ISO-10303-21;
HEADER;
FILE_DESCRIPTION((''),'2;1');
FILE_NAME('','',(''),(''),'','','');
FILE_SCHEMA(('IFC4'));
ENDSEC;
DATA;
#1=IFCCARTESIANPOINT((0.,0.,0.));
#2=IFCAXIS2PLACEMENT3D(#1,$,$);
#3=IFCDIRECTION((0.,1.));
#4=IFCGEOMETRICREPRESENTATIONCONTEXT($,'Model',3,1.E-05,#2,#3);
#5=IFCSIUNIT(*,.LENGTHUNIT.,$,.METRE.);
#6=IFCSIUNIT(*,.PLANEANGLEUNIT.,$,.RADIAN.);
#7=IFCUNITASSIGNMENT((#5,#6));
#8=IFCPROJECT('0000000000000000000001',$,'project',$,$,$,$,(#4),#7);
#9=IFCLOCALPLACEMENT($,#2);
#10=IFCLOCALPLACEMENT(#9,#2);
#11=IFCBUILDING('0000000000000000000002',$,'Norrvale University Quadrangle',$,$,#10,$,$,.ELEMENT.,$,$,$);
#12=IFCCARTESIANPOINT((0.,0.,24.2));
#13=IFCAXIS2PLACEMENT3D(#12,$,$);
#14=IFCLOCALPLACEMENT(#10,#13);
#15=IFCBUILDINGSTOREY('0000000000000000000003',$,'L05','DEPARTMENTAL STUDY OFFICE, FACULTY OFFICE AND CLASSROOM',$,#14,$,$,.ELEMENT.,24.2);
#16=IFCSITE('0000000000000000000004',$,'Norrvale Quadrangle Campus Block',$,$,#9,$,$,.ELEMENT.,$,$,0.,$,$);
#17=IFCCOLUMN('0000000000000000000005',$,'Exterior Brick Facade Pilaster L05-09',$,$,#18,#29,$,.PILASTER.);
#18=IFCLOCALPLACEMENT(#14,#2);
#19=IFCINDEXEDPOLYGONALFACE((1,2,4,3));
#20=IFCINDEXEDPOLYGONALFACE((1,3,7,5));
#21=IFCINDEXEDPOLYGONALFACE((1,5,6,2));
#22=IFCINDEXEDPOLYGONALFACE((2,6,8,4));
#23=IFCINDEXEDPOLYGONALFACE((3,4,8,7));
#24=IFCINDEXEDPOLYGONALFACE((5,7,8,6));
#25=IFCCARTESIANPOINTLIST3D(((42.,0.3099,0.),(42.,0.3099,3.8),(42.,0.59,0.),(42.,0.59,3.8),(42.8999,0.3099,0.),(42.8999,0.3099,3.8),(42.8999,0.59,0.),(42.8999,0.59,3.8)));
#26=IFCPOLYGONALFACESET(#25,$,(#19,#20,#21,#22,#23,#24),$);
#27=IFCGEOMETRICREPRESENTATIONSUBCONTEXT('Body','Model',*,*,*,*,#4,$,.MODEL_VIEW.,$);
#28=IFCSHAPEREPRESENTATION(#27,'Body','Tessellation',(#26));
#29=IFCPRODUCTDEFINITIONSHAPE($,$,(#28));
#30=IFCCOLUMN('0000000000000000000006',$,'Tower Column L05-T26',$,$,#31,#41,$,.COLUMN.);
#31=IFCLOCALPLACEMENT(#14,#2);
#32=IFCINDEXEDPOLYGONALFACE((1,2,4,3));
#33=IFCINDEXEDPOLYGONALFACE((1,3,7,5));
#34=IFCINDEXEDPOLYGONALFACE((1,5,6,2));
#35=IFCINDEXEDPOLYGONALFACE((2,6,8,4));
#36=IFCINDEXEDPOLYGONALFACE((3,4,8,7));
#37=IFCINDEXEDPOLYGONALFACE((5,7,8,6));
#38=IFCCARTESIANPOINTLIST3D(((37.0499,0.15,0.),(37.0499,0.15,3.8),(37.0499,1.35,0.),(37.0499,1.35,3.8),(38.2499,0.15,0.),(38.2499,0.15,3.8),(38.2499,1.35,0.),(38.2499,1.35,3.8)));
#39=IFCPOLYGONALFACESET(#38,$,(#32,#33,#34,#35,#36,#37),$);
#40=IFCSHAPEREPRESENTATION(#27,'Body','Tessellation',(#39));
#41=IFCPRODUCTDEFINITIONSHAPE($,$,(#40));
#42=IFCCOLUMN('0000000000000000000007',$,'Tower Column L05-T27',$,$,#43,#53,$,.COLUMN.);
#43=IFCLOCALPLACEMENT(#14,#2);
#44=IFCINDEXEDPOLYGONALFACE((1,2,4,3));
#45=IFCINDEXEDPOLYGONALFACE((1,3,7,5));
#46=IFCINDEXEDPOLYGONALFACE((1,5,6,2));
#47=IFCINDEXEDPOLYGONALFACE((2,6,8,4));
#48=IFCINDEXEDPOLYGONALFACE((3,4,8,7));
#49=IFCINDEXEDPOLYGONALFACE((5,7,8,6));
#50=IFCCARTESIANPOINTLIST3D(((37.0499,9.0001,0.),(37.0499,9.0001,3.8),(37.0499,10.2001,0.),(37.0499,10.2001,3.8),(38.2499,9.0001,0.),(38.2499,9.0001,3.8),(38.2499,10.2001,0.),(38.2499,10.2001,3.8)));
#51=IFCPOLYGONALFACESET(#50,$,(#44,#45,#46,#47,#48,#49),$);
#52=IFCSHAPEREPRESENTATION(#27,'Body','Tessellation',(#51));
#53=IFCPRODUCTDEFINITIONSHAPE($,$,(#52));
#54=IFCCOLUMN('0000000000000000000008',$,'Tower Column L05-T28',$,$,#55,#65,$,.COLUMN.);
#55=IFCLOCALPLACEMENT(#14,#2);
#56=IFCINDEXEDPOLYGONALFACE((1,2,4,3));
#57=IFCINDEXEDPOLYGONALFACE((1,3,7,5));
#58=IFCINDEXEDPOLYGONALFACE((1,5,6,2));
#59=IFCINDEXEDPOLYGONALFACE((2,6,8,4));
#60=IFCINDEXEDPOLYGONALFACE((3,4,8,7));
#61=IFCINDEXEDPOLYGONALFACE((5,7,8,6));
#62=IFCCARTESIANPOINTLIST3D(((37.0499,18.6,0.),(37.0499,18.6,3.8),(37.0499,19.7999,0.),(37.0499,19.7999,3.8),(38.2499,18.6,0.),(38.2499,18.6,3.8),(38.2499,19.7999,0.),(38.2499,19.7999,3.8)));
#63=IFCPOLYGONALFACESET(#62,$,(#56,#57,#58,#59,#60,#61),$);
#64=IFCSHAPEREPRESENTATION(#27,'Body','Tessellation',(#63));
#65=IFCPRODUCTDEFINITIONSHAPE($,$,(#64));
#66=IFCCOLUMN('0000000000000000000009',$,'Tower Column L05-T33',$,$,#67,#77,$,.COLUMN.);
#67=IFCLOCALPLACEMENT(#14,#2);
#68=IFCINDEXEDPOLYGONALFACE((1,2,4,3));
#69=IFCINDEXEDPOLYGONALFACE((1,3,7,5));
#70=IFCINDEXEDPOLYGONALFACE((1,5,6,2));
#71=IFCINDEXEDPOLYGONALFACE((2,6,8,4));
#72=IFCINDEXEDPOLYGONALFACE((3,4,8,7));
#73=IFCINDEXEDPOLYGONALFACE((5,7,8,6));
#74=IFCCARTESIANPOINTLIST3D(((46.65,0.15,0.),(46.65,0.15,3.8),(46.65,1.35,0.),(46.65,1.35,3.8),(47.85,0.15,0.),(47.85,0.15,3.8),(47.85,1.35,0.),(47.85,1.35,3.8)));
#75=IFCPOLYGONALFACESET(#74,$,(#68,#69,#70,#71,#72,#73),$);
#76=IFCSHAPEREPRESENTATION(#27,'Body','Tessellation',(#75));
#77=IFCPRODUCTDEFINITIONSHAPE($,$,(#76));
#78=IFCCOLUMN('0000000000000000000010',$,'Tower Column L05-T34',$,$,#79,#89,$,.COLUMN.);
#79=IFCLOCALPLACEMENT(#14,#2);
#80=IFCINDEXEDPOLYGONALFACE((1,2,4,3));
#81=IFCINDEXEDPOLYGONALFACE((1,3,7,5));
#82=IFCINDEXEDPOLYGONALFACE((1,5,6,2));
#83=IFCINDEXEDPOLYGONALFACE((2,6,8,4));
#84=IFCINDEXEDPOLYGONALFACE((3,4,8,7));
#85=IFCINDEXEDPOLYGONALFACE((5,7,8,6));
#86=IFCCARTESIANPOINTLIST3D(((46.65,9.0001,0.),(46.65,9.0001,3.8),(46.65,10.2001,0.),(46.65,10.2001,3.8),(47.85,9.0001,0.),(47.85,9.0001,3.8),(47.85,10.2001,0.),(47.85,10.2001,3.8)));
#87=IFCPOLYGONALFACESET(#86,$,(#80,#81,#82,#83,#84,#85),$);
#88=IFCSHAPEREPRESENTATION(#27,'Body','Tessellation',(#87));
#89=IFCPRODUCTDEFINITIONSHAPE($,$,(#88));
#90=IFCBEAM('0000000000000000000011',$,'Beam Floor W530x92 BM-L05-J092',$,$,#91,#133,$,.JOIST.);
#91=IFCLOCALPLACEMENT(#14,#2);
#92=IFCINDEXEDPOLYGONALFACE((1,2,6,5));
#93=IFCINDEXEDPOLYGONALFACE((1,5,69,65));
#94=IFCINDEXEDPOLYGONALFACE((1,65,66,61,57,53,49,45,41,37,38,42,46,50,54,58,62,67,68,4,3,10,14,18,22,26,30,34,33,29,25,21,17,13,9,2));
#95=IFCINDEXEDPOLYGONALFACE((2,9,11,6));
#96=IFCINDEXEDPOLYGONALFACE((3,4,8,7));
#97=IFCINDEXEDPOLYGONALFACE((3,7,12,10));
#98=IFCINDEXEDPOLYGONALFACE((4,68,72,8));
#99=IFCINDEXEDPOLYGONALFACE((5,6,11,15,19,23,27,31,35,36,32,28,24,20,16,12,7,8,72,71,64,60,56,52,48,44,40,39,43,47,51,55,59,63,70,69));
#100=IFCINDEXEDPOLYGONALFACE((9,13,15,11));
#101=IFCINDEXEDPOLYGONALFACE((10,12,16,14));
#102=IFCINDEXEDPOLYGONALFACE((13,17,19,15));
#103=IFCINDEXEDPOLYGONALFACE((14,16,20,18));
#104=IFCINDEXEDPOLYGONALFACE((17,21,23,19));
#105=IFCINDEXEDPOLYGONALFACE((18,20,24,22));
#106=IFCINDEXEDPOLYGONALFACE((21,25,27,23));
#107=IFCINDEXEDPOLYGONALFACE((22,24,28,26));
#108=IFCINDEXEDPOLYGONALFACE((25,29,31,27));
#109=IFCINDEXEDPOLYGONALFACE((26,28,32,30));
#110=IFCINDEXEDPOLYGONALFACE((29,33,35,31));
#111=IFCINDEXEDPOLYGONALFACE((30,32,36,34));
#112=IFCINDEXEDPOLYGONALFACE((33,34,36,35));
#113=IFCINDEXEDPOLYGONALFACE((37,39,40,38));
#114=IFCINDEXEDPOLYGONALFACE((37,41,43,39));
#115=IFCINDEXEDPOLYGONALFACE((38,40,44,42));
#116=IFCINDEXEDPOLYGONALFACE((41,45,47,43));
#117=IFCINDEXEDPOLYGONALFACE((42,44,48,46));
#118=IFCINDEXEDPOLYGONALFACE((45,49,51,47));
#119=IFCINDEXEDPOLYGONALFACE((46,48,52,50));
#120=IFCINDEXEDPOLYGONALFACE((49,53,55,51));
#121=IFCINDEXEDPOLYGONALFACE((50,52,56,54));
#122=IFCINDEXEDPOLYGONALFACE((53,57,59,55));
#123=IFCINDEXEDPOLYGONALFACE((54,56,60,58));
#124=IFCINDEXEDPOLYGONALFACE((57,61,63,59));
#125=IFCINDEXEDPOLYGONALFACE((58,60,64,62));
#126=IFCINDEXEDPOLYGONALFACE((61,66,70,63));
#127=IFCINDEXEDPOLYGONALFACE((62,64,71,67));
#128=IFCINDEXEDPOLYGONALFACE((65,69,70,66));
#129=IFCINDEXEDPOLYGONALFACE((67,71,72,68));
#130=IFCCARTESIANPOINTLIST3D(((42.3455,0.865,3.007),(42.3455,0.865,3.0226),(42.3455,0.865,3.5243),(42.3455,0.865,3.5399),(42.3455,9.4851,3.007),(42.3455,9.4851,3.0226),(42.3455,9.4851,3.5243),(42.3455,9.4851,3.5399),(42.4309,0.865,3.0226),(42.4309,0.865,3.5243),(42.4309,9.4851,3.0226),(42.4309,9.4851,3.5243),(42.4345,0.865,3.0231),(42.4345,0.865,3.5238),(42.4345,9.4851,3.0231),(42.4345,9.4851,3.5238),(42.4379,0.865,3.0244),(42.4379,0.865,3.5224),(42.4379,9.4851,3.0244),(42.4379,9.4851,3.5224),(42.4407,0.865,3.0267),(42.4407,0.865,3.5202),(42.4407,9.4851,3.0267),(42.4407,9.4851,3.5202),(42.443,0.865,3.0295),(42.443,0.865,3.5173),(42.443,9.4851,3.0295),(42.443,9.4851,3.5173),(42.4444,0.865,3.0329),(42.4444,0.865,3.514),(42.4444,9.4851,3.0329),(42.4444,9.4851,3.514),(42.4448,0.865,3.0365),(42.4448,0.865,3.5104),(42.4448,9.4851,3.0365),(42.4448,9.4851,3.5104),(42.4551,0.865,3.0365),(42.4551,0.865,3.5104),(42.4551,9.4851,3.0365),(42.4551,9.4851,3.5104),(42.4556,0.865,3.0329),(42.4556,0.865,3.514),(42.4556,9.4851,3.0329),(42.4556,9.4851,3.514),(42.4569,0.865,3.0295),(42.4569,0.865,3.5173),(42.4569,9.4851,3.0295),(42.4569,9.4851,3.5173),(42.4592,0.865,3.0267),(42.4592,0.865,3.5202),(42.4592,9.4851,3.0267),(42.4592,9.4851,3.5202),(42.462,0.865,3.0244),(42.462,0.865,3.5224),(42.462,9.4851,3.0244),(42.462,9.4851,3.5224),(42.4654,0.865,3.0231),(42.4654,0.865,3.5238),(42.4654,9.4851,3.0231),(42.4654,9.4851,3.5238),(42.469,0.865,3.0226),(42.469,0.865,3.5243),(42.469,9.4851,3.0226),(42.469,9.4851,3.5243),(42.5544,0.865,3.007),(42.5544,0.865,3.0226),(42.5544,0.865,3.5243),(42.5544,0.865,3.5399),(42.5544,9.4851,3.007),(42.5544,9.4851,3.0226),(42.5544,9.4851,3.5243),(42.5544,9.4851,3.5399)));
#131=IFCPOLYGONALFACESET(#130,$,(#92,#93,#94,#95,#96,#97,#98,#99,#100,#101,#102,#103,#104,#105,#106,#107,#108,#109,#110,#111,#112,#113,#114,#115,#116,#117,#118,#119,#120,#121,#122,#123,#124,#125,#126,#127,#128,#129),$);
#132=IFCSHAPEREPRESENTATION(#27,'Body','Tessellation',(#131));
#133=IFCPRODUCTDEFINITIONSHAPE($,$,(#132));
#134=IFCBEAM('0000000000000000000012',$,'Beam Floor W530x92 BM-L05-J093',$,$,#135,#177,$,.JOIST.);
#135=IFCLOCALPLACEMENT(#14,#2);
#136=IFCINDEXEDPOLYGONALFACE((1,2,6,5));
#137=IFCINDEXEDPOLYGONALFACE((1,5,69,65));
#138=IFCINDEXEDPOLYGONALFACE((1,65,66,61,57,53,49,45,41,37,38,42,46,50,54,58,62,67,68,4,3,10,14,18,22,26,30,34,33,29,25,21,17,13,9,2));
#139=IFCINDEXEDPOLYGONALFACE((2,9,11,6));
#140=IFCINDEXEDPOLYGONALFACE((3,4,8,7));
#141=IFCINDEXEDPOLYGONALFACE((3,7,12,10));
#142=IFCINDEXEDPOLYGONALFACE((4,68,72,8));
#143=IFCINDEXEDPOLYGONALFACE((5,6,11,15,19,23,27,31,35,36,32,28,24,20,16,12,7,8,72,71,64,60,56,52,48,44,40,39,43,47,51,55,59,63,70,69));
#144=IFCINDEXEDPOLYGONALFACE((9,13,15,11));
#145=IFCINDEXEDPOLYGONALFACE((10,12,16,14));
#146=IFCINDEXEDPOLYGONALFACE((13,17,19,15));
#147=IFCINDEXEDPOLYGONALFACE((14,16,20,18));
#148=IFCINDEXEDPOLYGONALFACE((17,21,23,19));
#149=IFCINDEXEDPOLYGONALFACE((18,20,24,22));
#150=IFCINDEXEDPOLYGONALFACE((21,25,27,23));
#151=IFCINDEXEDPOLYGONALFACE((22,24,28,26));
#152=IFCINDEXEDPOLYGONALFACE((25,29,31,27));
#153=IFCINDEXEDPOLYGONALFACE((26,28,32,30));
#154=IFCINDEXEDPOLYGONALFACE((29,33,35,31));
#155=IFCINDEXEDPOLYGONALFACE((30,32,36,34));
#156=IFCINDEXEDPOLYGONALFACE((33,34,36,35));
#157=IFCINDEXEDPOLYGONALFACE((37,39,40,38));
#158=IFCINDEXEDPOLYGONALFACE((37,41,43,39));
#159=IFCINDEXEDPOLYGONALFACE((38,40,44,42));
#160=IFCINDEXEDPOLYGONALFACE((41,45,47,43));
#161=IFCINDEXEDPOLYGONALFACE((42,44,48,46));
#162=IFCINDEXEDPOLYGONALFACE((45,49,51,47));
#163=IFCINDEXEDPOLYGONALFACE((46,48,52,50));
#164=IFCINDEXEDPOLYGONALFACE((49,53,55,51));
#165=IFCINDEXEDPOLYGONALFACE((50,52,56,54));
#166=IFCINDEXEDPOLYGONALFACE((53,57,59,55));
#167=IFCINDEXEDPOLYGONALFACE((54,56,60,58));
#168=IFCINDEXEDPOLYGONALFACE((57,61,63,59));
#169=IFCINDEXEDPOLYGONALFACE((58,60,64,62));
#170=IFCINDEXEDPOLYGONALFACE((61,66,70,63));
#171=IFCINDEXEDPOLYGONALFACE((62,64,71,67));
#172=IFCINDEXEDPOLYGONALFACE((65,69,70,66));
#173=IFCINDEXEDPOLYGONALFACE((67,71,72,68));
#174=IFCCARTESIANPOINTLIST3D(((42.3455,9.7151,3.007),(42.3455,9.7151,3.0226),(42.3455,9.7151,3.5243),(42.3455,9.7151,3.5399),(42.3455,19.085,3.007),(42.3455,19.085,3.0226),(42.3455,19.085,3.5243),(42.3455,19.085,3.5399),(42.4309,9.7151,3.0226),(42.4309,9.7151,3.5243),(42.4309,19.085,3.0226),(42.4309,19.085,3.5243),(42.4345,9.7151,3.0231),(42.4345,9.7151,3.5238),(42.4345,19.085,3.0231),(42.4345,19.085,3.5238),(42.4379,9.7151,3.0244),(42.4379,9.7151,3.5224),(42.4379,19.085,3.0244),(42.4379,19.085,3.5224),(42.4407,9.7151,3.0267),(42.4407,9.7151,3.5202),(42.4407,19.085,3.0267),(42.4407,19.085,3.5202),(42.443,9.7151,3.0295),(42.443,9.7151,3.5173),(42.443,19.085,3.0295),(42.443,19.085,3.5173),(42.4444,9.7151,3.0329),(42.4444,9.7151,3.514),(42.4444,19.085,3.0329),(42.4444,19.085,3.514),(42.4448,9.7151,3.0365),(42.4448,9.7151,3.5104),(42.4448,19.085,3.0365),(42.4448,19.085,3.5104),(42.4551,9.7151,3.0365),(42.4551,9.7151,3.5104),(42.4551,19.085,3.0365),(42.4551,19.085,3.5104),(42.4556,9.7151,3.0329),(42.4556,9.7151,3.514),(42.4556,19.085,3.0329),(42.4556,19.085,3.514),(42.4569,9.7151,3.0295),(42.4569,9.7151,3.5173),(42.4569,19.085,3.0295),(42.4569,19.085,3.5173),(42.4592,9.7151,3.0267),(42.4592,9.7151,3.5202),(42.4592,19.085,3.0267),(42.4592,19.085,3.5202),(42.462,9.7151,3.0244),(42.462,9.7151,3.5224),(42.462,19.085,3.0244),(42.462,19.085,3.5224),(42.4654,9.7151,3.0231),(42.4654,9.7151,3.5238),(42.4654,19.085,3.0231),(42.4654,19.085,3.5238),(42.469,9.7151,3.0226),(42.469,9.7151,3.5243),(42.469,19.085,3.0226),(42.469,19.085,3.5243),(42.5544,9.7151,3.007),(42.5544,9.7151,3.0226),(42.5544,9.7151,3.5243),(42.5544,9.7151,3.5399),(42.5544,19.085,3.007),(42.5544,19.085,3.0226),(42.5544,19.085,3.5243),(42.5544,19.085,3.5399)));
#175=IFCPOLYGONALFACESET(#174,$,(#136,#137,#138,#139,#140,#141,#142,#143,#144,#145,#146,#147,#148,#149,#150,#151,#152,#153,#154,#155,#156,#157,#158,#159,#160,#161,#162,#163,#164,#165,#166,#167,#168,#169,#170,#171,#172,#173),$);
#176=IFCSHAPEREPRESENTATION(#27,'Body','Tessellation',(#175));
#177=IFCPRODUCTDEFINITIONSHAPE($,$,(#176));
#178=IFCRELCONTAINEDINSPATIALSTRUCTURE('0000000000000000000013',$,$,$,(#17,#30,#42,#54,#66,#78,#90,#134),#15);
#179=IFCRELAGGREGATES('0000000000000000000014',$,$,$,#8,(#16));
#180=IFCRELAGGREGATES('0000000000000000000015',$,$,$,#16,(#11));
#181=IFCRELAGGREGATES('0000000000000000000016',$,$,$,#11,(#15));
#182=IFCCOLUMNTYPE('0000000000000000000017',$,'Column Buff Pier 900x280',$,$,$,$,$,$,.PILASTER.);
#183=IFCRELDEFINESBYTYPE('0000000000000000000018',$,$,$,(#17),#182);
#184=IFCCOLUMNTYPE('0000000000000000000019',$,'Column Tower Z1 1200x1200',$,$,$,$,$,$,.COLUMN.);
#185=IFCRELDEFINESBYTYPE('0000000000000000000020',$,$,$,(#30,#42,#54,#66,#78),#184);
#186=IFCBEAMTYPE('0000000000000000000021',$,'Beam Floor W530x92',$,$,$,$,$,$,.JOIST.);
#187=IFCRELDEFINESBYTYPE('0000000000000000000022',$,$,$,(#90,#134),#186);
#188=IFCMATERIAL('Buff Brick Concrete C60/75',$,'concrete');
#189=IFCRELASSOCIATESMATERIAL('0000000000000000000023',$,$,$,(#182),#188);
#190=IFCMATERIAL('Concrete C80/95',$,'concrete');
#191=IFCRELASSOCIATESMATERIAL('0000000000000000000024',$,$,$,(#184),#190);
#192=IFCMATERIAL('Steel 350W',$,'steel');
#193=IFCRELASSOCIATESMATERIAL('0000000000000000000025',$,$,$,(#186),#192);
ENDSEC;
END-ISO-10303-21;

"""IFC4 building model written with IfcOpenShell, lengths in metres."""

from ifc_helpers import new_model, si_unit, direction, frame, origin, origin_2d, place, context, subcontext, project, spatial, rectangle, i_section, extrude, material, material_profile, profile_set, type_object, element, save


model = new_model("IFC4")

# Units and contexts
model_context = context("Model", 3, precision=1e-05, world=origin(), true_north=direction((0.0, 1.0)))
body_context = subcontext(model_context, "Body", "Model", "MODEL_VIEW")
ifc_project = project(units=[si_unit("LENGTHUNIT", "METRE"), si_unit("PLANEANGLEUNIT", "RADIAN")], contexts=[model_context])

# Site, building, storey
site_placement = place(None, origin())
site = spatial("IfcSite", under=ifc_project, at=site_placement, Name="Norrvale Quadrangle Campus Block", CompositionType="ELEMENT", RefElevation=0.0)
building_placement = place(site_placement, origin())
building = spatial("IfcBuilding", under=site, at=building_placement, Name="Norrvale University Quadrangle", CompositionType="ELEMENT")
storey_placement = place(building_placement, frame((0.0, 0.0, 24.2)))
storey = spatial("IfcBuildingStorey", under=building, at=storey_placement, Name="L05", Description="DEPARTMENTAL STUDY OFFICE, FACULTY OFFICE AND CLASSROOM", CompositionType="ELEMENT", Elevation=24.2)

# Columns
ifc_material_1 = material(Name="Buff Brick Concrete C60/75", Category="concrete")
ifc_material_profile_1 = material_profile(ifc_material_1, rectangle(XDim=0.8999, YDim=0.28, at=origin_2d()), Name="Buff Brick Concrete C60/75")
ifc_profile_set_1 = profile_set([ifc_material_profile_1], Name="Buff Brick Concrete C60/75")
column_type_1 = type_object("IfcColumnType", Name="Column Buff Pier 900x280", PredefinedType="PILASTER", material=ifc_profile_set_1)
column_placement = place(storey_placement, frame((42.45, 0.45, 0.0), z_axis=(0.0, 0.0, 1.0), x_axis=(1.0, 0.0, 0.0)))
element("IfcColumn", 1, at=column_placement, inside=storey, type_object=column_type_1, Name="Exterior Brick Facade Pilaster L05-09", PredefinedType="PILASTER", context=body_context, shape_type="SweptSolid", body=[
    extrude(rectangle(XDim=0.8999, YDim=0.28, at=origin_2d()), origin(), (0.0, 0.0, 1.0), 3.8),
])
ifc_material_2 = material(Name="Concrete C80/95", Category="concrete")
ifc_material_profile_2 = material_profile(ifc_material_2, rectangle(XDim=1.2, YDim=1.2, at=origin_2d()), Name="Concrete C80/95")
ifc_profile_set_2 = profile_set([ifc_material_profile_2], Name="Concrete C80/95")
column_type_2 = type_object("IfcColumnType", Name="Column Tower Z1 1200x1200", PredefinedType="COLUMN", material=ifc_profile_set_2)
for number, where, z_axis, x_axis, name in (
    (2, (37.6499, 0.75, 0.0), (0.0, 0.0, 1.0), (1.0, 0.0, 0.0), "Tower Column L05-T26"),
    (3, (37.6499, 9.6001, 0.0), (0.0, 0.0, 1.0), (1.0, 0.0, 0.0), "Tower Column L05-T27"),
    (4, (37.6499, 19.2, 0.0), (0.0, 0.0, 1.0), (1.0, 0.0, 0.0), "Tower Column L05-T28"),
    (5, (47.25, 0.75, 0.0), (0.0, 0.0, 1.0), (1.0, 0.0, 0.0), "Tower Column L05-T33"),
    (6, (47.25, 9.6001, 0.0), (0.0, 0.0, 1.0), (1.0, 0.0, 0.0), "Tower Column L05-T34"),
):
    element("IfcColumn", number, at=place(storey_placement, frame(where, z_axis=z_axis, x_axis=x_axis)), inside=storey, type_object=column_type_2, Name=name, PredefinedType="COLUMN", context=body_context, shape_type="SweptSolid", body=[
        extrude(rectangle(XDim=1.2, YDim=1.2, at=origin_2d()), origin(), (0.0, 0.0, 1.0), 3.8),
    ])

# Beams
ifc_material_3 = material(Name="Steel 350W", Category="steel")
ifc_material_profile_3 = material_profile(ifc_material_3, i_section(OverallWidth=0.209, OverallDepth=0.533, WebThickness=0.0103, FlangeThickness=0.0156, FilletRadius=0.0139, at=origin_2d()), Name="Steel 350W")
ifc_profile_set_3 = profile_set([ifc_material_profile_3], Name="Steel 350W")
beam_type_1 = type_object("IfcBeamType", Name="Beam Floor W530x92", PredefinedType="JOIST", material=ifc_profile_set_3)
beam_1_placement = place(storey_placement, frame((42.45, 0.865, 3.2734), z_axis=(0.0, 1.0, 0.0), x_axis=(-1.0, 0.0, 0.0)))
element("IfcBeam", 7, at=beam_1_placement, inside=storey, type_object=beam_type_1, Name="Beam Floor W530x92 BM-L05-J092", PredefinedType="JOIST", context=body_context, shape_type="SweptSolid", body=[
    extrude(i_section(OverallWidth=0.209, OverallDepth=0.533, WebThickness=0.0103, FlangeThickness=0.0156, FilletRadius=0.0139, at=origin_2d()), origin(), (0.0, 0.0, 1.0), 8.6201),
])
beam_2_placement = place(storey_placement, frame((42.45, 9.7151, 3.2734), z_axis=(0.0, 1.0, 0.0), x_axis=(-1.0, 0.0, 0.0)))
element("IfcBeam", 8, at=beam_2_placement, inside=storey, type_object=beam_type_1, Name="Beam Floor W530x92 BM-L05-J093", PredefinedType="JOIST", context=body_context, shape_type="SweptSolid", body=[
    extrude(i_section(OverallWidth=0.209, OverallDepth=0.533, WebThickness=0.0103, FlangeThickness=0.0156, FilletRadius=0.0139, at=origin_2d()), origin(), (0.0, 0.0, 1.0), 9.3699),
])

save(model, "model.ifc")
